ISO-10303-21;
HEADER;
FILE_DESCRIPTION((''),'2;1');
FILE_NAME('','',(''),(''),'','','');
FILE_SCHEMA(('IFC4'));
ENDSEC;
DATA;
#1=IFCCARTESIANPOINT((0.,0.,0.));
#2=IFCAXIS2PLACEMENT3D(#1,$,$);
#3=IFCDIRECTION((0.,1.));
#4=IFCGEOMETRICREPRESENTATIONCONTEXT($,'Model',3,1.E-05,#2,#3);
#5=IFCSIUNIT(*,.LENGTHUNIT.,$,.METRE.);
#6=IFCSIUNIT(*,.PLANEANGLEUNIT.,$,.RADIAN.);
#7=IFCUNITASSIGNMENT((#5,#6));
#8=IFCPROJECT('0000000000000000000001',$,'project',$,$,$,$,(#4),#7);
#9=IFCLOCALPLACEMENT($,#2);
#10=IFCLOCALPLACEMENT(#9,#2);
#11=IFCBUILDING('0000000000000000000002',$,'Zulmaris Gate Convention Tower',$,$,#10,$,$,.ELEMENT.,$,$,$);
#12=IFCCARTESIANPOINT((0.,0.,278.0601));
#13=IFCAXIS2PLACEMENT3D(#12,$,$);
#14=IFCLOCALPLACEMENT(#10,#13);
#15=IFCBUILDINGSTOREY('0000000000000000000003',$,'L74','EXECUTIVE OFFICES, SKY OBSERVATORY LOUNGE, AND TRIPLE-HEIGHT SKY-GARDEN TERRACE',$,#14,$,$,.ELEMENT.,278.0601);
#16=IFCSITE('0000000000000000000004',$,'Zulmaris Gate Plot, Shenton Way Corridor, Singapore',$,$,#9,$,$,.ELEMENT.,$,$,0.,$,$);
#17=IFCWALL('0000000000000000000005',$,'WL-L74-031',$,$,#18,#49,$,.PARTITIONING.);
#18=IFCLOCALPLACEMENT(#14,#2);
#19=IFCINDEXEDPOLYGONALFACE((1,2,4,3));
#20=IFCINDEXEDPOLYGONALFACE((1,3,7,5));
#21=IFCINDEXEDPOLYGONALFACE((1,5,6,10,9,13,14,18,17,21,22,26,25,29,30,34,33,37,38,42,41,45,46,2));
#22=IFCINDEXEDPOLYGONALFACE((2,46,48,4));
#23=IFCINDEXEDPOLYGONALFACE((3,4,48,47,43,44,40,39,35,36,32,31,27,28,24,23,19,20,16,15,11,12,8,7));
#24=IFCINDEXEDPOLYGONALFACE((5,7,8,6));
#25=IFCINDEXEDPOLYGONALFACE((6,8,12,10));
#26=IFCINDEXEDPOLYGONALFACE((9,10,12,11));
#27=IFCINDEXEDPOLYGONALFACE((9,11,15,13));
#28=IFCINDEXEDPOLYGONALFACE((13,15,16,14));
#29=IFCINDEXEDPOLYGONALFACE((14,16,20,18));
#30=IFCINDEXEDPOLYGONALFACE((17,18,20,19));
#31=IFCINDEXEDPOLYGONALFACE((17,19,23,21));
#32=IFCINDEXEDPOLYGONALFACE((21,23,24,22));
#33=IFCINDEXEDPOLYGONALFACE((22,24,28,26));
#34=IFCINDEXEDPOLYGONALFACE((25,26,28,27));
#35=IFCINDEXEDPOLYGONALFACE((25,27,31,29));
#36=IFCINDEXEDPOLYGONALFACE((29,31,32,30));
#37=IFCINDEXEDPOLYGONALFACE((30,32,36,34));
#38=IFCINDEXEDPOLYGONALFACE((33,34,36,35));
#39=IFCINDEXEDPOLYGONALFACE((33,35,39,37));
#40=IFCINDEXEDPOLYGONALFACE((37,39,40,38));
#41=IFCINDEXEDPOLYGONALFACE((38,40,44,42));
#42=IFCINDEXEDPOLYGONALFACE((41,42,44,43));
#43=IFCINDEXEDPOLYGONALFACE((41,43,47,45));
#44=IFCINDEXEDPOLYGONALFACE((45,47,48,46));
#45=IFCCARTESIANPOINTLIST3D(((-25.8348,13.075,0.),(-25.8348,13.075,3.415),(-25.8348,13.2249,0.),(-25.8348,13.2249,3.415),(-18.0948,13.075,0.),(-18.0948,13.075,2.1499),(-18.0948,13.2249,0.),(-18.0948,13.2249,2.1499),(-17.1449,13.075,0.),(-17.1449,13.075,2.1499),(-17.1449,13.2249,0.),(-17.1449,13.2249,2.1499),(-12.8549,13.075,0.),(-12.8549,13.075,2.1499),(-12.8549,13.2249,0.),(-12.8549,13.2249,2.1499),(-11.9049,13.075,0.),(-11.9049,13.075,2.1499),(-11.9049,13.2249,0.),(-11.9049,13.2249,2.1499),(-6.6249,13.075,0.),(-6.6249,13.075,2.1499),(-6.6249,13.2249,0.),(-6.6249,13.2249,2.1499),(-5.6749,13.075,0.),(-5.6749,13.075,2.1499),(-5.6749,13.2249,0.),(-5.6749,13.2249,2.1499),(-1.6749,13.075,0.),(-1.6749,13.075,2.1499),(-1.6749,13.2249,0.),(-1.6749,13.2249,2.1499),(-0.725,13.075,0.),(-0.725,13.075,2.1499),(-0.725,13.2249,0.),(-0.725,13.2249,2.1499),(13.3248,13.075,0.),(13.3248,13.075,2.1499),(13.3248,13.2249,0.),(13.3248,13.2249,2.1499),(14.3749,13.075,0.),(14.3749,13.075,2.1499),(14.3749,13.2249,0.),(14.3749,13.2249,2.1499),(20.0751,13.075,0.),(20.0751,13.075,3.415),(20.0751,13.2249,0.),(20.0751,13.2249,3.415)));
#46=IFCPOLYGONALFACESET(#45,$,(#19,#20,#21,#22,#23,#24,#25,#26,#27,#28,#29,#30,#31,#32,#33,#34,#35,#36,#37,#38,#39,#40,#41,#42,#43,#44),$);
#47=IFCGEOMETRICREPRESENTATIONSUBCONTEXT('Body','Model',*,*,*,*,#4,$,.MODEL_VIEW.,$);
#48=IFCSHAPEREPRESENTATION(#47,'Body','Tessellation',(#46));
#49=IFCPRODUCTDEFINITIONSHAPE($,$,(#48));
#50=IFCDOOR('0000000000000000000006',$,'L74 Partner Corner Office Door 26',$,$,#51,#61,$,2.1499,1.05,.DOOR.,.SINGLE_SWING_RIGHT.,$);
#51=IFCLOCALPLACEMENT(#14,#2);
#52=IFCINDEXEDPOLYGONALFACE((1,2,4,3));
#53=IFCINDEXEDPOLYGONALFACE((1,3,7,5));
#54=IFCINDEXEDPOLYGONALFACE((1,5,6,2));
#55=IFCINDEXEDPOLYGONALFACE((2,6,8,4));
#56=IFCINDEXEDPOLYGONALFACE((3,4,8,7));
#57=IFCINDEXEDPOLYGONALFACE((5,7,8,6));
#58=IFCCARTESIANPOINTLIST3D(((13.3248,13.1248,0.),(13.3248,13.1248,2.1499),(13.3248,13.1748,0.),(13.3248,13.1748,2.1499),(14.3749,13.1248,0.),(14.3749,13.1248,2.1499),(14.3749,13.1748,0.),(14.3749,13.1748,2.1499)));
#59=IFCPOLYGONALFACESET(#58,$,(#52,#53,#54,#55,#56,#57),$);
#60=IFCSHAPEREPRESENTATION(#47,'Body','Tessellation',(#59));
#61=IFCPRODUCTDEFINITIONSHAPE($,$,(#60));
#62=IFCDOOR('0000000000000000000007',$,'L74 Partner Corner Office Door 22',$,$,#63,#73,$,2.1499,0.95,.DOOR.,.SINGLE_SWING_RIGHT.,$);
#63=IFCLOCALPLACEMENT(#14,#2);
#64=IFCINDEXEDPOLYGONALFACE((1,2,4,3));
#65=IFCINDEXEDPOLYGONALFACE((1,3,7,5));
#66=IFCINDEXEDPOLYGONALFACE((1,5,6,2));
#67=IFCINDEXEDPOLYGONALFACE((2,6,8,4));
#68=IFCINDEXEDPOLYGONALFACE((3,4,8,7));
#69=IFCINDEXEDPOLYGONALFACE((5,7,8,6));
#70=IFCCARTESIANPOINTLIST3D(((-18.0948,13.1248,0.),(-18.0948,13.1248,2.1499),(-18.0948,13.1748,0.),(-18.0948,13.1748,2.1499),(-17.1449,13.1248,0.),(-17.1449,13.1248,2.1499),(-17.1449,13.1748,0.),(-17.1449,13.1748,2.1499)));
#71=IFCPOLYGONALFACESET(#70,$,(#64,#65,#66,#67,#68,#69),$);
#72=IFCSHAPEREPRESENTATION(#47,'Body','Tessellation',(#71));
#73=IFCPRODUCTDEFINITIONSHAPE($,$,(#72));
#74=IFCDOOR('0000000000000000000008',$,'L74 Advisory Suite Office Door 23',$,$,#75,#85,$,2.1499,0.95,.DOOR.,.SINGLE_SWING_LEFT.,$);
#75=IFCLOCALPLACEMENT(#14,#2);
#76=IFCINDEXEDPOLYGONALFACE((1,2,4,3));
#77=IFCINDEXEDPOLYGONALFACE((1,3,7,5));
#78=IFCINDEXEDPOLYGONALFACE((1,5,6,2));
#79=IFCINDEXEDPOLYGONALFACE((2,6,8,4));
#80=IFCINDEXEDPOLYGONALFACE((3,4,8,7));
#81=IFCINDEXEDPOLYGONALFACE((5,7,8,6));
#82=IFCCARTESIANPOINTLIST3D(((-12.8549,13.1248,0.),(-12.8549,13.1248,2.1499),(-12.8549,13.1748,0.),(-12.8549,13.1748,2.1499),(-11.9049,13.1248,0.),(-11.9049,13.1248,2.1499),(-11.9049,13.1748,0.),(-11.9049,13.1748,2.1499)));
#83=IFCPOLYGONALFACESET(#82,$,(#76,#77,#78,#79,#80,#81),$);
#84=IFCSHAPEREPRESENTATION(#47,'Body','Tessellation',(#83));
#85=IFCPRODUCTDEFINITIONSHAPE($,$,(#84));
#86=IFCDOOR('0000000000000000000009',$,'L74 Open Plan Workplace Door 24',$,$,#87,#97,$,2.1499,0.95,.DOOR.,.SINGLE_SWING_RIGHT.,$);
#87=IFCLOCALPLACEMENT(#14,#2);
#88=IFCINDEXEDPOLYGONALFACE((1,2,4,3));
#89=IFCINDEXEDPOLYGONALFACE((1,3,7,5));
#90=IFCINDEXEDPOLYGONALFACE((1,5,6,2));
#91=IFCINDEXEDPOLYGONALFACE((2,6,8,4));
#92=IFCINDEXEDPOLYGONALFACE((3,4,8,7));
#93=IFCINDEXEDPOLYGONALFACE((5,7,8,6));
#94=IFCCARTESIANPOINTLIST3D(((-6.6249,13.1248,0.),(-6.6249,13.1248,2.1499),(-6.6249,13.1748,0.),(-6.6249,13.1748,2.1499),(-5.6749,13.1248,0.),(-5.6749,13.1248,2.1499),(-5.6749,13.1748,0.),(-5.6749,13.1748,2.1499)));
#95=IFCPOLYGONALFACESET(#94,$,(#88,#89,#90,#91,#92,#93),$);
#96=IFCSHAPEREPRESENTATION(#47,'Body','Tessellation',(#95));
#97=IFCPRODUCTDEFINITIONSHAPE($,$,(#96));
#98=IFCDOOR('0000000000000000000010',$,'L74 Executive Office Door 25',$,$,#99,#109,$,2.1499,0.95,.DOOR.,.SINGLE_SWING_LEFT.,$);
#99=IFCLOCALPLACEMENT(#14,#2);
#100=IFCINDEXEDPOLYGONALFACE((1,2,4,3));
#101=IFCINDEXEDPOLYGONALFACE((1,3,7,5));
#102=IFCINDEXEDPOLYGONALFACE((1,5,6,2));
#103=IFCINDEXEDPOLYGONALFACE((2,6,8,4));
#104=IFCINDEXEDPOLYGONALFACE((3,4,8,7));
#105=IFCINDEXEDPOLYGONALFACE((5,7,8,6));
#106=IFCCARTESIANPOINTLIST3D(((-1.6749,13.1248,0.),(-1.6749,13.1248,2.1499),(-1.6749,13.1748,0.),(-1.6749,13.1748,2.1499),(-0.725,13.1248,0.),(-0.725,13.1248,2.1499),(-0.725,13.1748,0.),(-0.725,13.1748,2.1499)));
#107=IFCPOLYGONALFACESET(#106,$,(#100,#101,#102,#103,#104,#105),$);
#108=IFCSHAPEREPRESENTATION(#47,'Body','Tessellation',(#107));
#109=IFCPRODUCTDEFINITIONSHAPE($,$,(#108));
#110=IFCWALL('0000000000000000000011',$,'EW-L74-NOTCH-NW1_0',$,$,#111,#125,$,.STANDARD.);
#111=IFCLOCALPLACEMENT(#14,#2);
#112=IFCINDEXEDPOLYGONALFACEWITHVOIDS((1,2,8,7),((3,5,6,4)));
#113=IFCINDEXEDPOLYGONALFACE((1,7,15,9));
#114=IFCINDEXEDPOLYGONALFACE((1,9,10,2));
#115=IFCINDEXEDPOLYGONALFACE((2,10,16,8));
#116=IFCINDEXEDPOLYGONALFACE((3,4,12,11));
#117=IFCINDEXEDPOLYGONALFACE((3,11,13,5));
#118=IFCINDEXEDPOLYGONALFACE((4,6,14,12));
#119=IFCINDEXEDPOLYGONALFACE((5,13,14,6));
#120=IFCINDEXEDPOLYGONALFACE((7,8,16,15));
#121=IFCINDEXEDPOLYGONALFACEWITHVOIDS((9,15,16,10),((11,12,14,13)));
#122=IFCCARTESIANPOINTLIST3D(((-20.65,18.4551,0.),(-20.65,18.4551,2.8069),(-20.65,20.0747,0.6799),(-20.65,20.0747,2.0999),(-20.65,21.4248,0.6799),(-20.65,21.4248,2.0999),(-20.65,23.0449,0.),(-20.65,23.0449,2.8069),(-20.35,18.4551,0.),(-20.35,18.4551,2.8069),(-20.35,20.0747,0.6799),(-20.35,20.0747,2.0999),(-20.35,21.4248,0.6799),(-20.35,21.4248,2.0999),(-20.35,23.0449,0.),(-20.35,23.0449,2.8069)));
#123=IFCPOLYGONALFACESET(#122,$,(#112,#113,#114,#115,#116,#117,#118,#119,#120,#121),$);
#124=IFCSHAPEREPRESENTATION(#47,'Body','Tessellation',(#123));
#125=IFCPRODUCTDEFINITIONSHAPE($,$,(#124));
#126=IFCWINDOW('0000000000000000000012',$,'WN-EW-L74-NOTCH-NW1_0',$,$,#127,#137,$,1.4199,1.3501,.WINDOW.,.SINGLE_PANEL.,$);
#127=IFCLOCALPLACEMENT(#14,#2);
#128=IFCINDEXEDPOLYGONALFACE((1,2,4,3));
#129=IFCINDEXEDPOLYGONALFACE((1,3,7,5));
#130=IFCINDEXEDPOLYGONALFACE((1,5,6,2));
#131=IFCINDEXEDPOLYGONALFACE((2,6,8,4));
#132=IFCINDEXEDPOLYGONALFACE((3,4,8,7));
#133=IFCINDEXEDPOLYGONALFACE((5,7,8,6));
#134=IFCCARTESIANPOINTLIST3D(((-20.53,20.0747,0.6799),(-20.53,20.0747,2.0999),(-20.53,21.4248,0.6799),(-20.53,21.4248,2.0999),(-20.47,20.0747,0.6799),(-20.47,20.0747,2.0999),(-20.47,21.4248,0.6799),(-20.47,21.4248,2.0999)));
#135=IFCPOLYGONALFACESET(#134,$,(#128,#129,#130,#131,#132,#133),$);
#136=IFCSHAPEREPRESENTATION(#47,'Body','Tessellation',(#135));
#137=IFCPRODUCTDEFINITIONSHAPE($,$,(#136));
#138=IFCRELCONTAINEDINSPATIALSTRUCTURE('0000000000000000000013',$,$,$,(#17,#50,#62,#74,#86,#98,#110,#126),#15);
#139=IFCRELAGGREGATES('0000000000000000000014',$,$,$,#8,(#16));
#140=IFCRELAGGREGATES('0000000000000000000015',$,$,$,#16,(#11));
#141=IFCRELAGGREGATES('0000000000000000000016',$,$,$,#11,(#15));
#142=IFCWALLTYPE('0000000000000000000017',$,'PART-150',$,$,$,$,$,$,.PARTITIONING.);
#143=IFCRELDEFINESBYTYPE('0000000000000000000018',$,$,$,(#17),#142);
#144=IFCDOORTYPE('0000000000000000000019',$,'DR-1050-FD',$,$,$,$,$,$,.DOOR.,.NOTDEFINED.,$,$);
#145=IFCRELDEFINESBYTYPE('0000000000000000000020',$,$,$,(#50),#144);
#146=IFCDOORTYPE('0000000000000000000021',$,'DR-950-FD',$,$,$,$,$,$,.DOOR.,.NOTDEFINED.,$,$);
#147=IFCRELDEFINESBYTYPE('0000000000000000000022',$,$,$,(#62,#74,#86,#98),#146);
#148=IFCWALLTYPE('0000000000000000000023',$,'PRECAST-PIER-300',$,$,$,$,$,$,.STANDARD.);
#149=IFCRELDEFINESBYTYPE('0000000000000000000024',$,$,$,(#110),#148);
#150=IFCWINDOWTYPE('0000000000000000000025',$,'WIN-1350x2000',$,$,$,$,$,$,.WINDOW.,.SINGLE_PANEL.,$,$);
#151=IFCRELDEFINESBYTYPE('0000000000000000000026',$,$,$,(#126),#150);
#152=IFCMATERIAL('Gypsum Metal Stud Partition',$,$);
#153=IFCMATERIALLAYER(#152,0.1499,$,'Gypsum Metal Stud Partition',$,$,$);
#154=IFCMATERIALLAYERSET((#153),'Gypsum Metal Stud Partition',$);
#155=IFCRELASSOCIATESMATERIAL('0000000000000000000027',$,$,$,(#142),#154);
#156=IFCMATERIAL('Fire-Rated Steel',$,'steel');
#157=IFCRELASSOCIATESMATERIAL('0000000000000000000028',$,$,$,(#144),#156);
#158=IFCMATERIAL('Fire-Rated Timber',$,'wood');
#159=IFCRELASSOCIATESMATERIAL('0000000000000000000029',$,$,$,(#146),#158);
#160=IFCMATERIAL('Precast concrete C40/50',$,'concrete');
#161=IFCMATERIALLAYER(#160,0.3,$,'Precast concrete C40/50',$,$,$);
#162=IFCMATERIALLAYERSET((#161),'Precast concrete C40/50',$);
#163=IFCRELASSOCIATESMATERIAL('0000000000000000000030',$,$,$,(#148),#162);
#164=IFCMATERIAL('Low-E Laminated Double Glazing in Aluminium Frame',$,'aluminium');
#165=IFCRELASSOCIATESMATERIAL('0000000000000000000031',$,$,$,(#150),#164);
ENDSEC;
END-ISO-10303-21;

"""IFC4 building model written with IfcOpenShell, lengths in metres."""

from ifc_helpers import new_model, si_unit, direction, frame, frame_2d, origin, place, context, subcontext, project, spatial, rectangle, extrude, material, layer, layer_set, type_object, element, fill, save


model = new_model("IFC4")

# Units and contexts
model_context = context("Model", 3, precision=1e-05, world=origin(), true_north=direction((0.0, 1.0)))
body_context = subcontext(model_context, "Body", "Model", "MODEL_VIEW")
ifc_project = project(units=[si_unit("LENGTHUNIT", "METRE"), si_unit("PLANEANGLEUNIT", "RADIAN")], contexts=[model_context])

# Site, building, storey
site_placement = place(None, origin())
site = spatial("IfcSite", under=ifc_project, at=site_placement, Name="Zulmaris Gate Plot, Shenton Way Corridor, Singapore", CompositionType="ELEMENT", RefElevation=0.0)
building_placement = place(site_placement, origin())
building = spatial("IfcBuilding", under=site, at=building_placement, Name="Zulmaris Gate Convention Tower", CompositionType="ELEMENT")
storey_placement = place(building_placement, frame((0.0, 0.0, 278.0601)))
storey = spatial("IfcBuildingStorey", under=building, at=storey_placement, Name="L74", Description="EXECUTIVE OFFICES, SKY OBSERVATORY LOUNGE, AND TRIPLE-HEIGHT SKY-GARDEN TERRACE", CompositionType="ELEMENT", Elevation=278.0601)

# Shared definitions
ifc_material_1 = material(Name="Fire-Rated Steel", Category="steel")

# Wall, openings, doors
ifc_material_2 = material(Name="Gypsum Metal Stud Partition")
ifc_layer_1 = layer(ifc_material_2, 0.1499, Name="Gypsum Metal Stud Partition")
ifc_layer_set_1 = layer_set([ifc_layer_1], Name="Gypsum Metal Stud Partition")
wall_type_1 = type_object("IfcWallType", Name="PART-150", PredefinedType="PARTITIONING", material=ifc_layer_set_1)
wall_1_placement = place(storey_placement, frame((-25.835, 13.1499, 0.0), z_axis=(0.0, 0.0, 1.0), x_axis=(1.0, 0.0, 0.0)))
wall_1 = element("IfcWall", 1, at=wall_1_placement, inside=storey, type_object=wall_type_1, Name="WL-L74-031", PredefinedType="PARTITIONING", context=body_context, shape_type="SweptSolid", body=[
    extrude(rectangle(XDim=45.9099, YDim=0.1499, at=frame_2d((22.9551, 0.0))), origin(), (0.0, 0.0, 1.0), 3.415),
])
opening_1_placement = place(wall_1_placement, frame((7.74, 0.0, 0.0)))
opening_1 = element("IfcOpeningElement", 2, at=opening_1_placement, cuts=wall_1, PredefinedType="OPENING", context=body_context, shape_type="SweptSolid", body=[
    extrude(rectangle(XDim=0.95, YDim=2.1499, at=frame_2d((0.4751, 1.075))), frame((0.0, 0.085, 0.0), z_axis=(0.0, -1.0, 0.0), x_axis=(1.0, 0.0, 0.0)), (0.0, 0.0, 1.0), 0.1699),
])
opening_2_placement = place(wall_1_placement, frame((12.98, 0.0, 0.0)))
opening_2 = element("IfcOpeningElement", 3, at=opening_2_placement, cuts=wall_1, PredefinedType="OPENING", context=body_context, shape_type="SweptSolid", body=[
    extrude(rectangle(XDim=0.95, YDim=2.1499, at=frame_2d((0.4751, 1.075))), frame((0.0, 0.085, 0.0), z_axis=(0.0, -1.0, 0.0), x_axis=(1.0, 0.0, 0.0)), (0.0, 0.0, 1.0), 0.1699),
])
opening_3_placement = place(wall_1_placement, frame((19.21, 0.0, 0.0)))
opening_3 = element("IfcOpeningElement", 4, at=opening_3_placement, cuts=wall_1, PredefinedType="OPENING", context=body_context, shape_type="SweptSolid", body=[
    extrude(rectangle(XDim=0.95, YDim=2.1499, at=frame_2d((0.4751, 1.075))), frame((0.0, 0.085, 0.0), z_axis=(0.0, -1.0, 0.0), x_axis=(1.0, 0.0, 0.0)), (0.0, 0.0, 1.0), 0.1699),
])
opening_4_placement = place(wall_1_placement, frame((24.1599, 0.0, 0.0)))
opening_4 = element("IfcOpeningElement", 5, at=opening_4_placement, cuts=wall_1, PredefinedType="OPENING", context=body_context, shape_type="SweptSolid", body=[
    extrude(rectangle(XDim=0.95, YDim=2.1499, at=frame_2d((0.4751, 1.075))), frame((0.0, 0.085, 0.0), z_axis=(0.0, -1.0, 0.0), x_axis=(1.0, 0.0, 0.0)), (0.0, 0.0, 1.0), 0.1699),
])
opening_5_placement = place(wall_1_placement, frame((39.1599, 0.0, 0.0)))
opening_5 = element("IfcOpeningElement", 6, at=opening_5_placement, cuts=wall_1, PredefinedType="OPENING", context=body_context, shape_type="SweptSolid", body=[
    extrude(rectangle(XDim=1.05, YDim=2.1499, at=frame_2d((0.5249, 1.075))), frame((0.0, 0.085, 0.0), z_axis=(0.0, -1.0, 0.0), x_axis=(1.0, 0.0, 0.0)), (0.0, 0.0, 1.0), 0.1699),
])
door_type_1 = type_object("IfcDoorType", Name="DR-1050-FD", OperationType="NOTDEFINED", PredefinedType="DOOR", material=ifc_material_1)
door_1_placement = place(opening_5_placement, origin())
door_1 = element("IfcDoor", 7, at=door_1_placement, inside=storey, type_object=door_type_1, Name="L74 Partner Corner Office Door 26", OperationType="SINGLE_SWING_RIGHT", OverallHeight=2.1499, OverallWidth=1.05, PredefinedType="DOOR", context=body_context, shape_type="SweptSolid", body=[
    extrude(rectangle(XDim=1.05, YDim=2.1499, at=frame_2d((0.5249, 1.075))), frame((0.0, 0.0249, 0.0), z_axis=(0.0, -1.0, 0.0), x_axis=(1.0, 0.0, 0.0)), (0.0, 0.0, 1.0), 0.05),
])
fill(opening_5, door_1)
ifc_material_3 = material(Name="Fire-Rated Timber", Category="wood")
door_type_2 = type_object("IfcDoorType", Name="DR-950-FD", OperationType="NOTDEFINED", PredefinedType="DOOR", material=ifc_material_3)
door_2_placement = place(opening_1_placement, origin())
door_2 = element("IfcDoor", 8, at=door_2_placement, inside=storey, type_object=door_type_2, Name="L74 Partner Corner Office Door 22", OperationType="SINGLE_SWING_RIGHT", OverallHeight=2.1499, OverallWidth=0.95, PredefinedType="DOOR", context=body_context, shape_type="SweptSolid", body=[
    extrude(rectangle(XDim=0.95, YDim=2.1499, at=frame_2d((0.4751, 1.075))), frame((0.0, 0.0249, 0.0), z_axis=(0.0, -1.0, 0.0), x_axis=(1.0, 0.0, 0.0)), (0.0, 0.0, 1.0), 0.05),
])
fill(opening_1, door_2)
door_3_placement = place(opening_2_placement, origin())
door_3 = element("IfcDoor", 9, at=door_3_placement, inside=storey, type_object=door_type_2, Name="L74 Advisory Suite Office Door 23", OperationType="SINGLE_SWING_LEFT", OverallHeight=2.1499, OverallWidth=0.95, PredefinedType="DOOR", context=body_context, shape_type="SweptSolid", body=[
    extrude(rectangle(XDim=0.95, YDim=2.1499, at=frame_2d((0.4751, 1.075))), frame((0.0, 0.0249, 0.0), z_axis=(0.0, -1.0, 0.0), x_axis=(1.0, 0.0, 0.0)), (0.0, 0.0, 1.0), 0.05),
])
fill(opening_2, door_3)
door_4_placement = place(opening_3_placement, origin())
door_4 = element("IfcDoor", 10, at=door_4_placement, inside=storey, type_object=door_type_2, Name="L74 Open Plan Workplace Door 24", OperationType="SINGLE_SWING_RIGHT", OverallHeight=2.1499, OverallWidth=0.95, PredefinedType="DOOR", context=body_context, shape_type="SweptSolid", body=[
    extrude(rectangle(XDim=0.95, YDim=2.1499, at=frame_2d((0.4751, 1.075))), frame((0.0, 0.0249, 0.0), z_axis=(0.0, -1.0, 0.0), x_axis=(1.0, 0.0, 0.0)), (0.0, 0.0, 1.0), 0.05),
])
fill(opening_3, door_4)
door_5_placement = place(opening_4_placement, origin())
door_5 = element("IfcDoor", 11, at=door_5_placement, inside=storey, type_object=door_type_2, Name="L74 Executive Office Door 25", OperationType="SINGLE_SWING_LEFT", OverallHeight=2.1499, OverallWidth=0.95, PredefinedType="DOOR", context=body_context, shape_type="SweptSolid", body=[
    extrude(rectangle(XDim=0.95, YDim=2.1499, at=frame_2d((0.4751, 1.075))), frame((0.0, 0.0249, 0.0), z_axis=(0.0, -1.0, 0.0), x_axis=(1.0, 0.0, 0.0)), (0.0, 0.0, 1.0), 0.05),
])
fill(opening_4, door_5)

# Wall, opening, window
ifc_material_4 = material(Name="Precast concrete C40/50", Category="concrete")
ifc_layer_2 = layer(ifc_material_4, 0.3, Name="Precast concrete C40/50")
ifc_layer_set_2 = layer_set([ifc_layer_2], Name="Precast concrete C40/50")
wall_type_2 = type_object("IfcWallType", Name="PRECAST-PIER-300", PredefinedType="STANDARD", material=ifc_layer_set_2)
wall_2_placement = place(storey_placement, frame((-20.5, 23.0449, 0.0), z_axis=(0.0, 0.0, 1.0), x_axis=(0.0, -1.0, 0.0)))
wall_2 = element("IfcWall", 12, at=wall_2_placement, inside=storey, type_object=wall_type_2, Name="EW-L74-NOTCH-NW1_0", PredefinedType="STANDARD", context=body_context, shape_type="SweptSolid", body=[
    extrude(rectangle(XDim=4.5898, YDim=0.3, at=frame_2d((2.2949, 0.0))), origin(), (0.0, 0.0, 1.0), 2.8069),
])
opening_6_placement = place(wall_2_placement, frame((1.6201, 0.0, 0.6799)))
opening_6 = element("IfcOpeningElement", 13, at=opening_6_placement, cuts=wall_2, PredefinedType="OPENING", context=body_context, shape_type="SweptSolid", body=[
    extrude(rectangle(XDim=1.3501, YDim=1.4199, at=frame_2d((0.675, 0.71))), frame((0.0, 0.1602, 0.0), z_axis=(0.0, -1.0, 0.0), x_axis=(1.0, 0.0, 0.0)), (0.0, 0.0, 1.0), 0.3201),
])
ifc_material_5 = material(Name="Low-E Laminated Double Glazing in Aluminium Frame", Category="aluminium")
window_type = type_object("IfcWindowType", Name="WIN-1350x2000", PartitioningType="SINGLE_PANEL", PredefinedType="WINDOW", material=ifc_material_5)
window_1_placement = place(opening_6_placement, origin())
window_1 = element("IfcWindow", 14, at=window_1_placement, inside=storey, type_object=window_type, Name="WN-EW-L74-NOTCH-NW1_0", OverallHeight=1.4199, OverallWidth=1.3501, PartitioningType="SINGLE_PANEL", PredefinedType="WINDOW", context=body_context, shape_type="SweptSolid", body=[
    extrude(rectangle(XDim=1.3501, YDim=1.4199, at=frame_2d((0.675, 0.71))), frame((0.0, 0.03, 0.0), z_axis=(0.0, -1.0, 0.0), x_axis=(1.0, 0.0, 0.0)), (0.0, 0.0, 1.0), 0.0601),
])
fill(opening_6, window_1)

save(model, "model.ifc")
